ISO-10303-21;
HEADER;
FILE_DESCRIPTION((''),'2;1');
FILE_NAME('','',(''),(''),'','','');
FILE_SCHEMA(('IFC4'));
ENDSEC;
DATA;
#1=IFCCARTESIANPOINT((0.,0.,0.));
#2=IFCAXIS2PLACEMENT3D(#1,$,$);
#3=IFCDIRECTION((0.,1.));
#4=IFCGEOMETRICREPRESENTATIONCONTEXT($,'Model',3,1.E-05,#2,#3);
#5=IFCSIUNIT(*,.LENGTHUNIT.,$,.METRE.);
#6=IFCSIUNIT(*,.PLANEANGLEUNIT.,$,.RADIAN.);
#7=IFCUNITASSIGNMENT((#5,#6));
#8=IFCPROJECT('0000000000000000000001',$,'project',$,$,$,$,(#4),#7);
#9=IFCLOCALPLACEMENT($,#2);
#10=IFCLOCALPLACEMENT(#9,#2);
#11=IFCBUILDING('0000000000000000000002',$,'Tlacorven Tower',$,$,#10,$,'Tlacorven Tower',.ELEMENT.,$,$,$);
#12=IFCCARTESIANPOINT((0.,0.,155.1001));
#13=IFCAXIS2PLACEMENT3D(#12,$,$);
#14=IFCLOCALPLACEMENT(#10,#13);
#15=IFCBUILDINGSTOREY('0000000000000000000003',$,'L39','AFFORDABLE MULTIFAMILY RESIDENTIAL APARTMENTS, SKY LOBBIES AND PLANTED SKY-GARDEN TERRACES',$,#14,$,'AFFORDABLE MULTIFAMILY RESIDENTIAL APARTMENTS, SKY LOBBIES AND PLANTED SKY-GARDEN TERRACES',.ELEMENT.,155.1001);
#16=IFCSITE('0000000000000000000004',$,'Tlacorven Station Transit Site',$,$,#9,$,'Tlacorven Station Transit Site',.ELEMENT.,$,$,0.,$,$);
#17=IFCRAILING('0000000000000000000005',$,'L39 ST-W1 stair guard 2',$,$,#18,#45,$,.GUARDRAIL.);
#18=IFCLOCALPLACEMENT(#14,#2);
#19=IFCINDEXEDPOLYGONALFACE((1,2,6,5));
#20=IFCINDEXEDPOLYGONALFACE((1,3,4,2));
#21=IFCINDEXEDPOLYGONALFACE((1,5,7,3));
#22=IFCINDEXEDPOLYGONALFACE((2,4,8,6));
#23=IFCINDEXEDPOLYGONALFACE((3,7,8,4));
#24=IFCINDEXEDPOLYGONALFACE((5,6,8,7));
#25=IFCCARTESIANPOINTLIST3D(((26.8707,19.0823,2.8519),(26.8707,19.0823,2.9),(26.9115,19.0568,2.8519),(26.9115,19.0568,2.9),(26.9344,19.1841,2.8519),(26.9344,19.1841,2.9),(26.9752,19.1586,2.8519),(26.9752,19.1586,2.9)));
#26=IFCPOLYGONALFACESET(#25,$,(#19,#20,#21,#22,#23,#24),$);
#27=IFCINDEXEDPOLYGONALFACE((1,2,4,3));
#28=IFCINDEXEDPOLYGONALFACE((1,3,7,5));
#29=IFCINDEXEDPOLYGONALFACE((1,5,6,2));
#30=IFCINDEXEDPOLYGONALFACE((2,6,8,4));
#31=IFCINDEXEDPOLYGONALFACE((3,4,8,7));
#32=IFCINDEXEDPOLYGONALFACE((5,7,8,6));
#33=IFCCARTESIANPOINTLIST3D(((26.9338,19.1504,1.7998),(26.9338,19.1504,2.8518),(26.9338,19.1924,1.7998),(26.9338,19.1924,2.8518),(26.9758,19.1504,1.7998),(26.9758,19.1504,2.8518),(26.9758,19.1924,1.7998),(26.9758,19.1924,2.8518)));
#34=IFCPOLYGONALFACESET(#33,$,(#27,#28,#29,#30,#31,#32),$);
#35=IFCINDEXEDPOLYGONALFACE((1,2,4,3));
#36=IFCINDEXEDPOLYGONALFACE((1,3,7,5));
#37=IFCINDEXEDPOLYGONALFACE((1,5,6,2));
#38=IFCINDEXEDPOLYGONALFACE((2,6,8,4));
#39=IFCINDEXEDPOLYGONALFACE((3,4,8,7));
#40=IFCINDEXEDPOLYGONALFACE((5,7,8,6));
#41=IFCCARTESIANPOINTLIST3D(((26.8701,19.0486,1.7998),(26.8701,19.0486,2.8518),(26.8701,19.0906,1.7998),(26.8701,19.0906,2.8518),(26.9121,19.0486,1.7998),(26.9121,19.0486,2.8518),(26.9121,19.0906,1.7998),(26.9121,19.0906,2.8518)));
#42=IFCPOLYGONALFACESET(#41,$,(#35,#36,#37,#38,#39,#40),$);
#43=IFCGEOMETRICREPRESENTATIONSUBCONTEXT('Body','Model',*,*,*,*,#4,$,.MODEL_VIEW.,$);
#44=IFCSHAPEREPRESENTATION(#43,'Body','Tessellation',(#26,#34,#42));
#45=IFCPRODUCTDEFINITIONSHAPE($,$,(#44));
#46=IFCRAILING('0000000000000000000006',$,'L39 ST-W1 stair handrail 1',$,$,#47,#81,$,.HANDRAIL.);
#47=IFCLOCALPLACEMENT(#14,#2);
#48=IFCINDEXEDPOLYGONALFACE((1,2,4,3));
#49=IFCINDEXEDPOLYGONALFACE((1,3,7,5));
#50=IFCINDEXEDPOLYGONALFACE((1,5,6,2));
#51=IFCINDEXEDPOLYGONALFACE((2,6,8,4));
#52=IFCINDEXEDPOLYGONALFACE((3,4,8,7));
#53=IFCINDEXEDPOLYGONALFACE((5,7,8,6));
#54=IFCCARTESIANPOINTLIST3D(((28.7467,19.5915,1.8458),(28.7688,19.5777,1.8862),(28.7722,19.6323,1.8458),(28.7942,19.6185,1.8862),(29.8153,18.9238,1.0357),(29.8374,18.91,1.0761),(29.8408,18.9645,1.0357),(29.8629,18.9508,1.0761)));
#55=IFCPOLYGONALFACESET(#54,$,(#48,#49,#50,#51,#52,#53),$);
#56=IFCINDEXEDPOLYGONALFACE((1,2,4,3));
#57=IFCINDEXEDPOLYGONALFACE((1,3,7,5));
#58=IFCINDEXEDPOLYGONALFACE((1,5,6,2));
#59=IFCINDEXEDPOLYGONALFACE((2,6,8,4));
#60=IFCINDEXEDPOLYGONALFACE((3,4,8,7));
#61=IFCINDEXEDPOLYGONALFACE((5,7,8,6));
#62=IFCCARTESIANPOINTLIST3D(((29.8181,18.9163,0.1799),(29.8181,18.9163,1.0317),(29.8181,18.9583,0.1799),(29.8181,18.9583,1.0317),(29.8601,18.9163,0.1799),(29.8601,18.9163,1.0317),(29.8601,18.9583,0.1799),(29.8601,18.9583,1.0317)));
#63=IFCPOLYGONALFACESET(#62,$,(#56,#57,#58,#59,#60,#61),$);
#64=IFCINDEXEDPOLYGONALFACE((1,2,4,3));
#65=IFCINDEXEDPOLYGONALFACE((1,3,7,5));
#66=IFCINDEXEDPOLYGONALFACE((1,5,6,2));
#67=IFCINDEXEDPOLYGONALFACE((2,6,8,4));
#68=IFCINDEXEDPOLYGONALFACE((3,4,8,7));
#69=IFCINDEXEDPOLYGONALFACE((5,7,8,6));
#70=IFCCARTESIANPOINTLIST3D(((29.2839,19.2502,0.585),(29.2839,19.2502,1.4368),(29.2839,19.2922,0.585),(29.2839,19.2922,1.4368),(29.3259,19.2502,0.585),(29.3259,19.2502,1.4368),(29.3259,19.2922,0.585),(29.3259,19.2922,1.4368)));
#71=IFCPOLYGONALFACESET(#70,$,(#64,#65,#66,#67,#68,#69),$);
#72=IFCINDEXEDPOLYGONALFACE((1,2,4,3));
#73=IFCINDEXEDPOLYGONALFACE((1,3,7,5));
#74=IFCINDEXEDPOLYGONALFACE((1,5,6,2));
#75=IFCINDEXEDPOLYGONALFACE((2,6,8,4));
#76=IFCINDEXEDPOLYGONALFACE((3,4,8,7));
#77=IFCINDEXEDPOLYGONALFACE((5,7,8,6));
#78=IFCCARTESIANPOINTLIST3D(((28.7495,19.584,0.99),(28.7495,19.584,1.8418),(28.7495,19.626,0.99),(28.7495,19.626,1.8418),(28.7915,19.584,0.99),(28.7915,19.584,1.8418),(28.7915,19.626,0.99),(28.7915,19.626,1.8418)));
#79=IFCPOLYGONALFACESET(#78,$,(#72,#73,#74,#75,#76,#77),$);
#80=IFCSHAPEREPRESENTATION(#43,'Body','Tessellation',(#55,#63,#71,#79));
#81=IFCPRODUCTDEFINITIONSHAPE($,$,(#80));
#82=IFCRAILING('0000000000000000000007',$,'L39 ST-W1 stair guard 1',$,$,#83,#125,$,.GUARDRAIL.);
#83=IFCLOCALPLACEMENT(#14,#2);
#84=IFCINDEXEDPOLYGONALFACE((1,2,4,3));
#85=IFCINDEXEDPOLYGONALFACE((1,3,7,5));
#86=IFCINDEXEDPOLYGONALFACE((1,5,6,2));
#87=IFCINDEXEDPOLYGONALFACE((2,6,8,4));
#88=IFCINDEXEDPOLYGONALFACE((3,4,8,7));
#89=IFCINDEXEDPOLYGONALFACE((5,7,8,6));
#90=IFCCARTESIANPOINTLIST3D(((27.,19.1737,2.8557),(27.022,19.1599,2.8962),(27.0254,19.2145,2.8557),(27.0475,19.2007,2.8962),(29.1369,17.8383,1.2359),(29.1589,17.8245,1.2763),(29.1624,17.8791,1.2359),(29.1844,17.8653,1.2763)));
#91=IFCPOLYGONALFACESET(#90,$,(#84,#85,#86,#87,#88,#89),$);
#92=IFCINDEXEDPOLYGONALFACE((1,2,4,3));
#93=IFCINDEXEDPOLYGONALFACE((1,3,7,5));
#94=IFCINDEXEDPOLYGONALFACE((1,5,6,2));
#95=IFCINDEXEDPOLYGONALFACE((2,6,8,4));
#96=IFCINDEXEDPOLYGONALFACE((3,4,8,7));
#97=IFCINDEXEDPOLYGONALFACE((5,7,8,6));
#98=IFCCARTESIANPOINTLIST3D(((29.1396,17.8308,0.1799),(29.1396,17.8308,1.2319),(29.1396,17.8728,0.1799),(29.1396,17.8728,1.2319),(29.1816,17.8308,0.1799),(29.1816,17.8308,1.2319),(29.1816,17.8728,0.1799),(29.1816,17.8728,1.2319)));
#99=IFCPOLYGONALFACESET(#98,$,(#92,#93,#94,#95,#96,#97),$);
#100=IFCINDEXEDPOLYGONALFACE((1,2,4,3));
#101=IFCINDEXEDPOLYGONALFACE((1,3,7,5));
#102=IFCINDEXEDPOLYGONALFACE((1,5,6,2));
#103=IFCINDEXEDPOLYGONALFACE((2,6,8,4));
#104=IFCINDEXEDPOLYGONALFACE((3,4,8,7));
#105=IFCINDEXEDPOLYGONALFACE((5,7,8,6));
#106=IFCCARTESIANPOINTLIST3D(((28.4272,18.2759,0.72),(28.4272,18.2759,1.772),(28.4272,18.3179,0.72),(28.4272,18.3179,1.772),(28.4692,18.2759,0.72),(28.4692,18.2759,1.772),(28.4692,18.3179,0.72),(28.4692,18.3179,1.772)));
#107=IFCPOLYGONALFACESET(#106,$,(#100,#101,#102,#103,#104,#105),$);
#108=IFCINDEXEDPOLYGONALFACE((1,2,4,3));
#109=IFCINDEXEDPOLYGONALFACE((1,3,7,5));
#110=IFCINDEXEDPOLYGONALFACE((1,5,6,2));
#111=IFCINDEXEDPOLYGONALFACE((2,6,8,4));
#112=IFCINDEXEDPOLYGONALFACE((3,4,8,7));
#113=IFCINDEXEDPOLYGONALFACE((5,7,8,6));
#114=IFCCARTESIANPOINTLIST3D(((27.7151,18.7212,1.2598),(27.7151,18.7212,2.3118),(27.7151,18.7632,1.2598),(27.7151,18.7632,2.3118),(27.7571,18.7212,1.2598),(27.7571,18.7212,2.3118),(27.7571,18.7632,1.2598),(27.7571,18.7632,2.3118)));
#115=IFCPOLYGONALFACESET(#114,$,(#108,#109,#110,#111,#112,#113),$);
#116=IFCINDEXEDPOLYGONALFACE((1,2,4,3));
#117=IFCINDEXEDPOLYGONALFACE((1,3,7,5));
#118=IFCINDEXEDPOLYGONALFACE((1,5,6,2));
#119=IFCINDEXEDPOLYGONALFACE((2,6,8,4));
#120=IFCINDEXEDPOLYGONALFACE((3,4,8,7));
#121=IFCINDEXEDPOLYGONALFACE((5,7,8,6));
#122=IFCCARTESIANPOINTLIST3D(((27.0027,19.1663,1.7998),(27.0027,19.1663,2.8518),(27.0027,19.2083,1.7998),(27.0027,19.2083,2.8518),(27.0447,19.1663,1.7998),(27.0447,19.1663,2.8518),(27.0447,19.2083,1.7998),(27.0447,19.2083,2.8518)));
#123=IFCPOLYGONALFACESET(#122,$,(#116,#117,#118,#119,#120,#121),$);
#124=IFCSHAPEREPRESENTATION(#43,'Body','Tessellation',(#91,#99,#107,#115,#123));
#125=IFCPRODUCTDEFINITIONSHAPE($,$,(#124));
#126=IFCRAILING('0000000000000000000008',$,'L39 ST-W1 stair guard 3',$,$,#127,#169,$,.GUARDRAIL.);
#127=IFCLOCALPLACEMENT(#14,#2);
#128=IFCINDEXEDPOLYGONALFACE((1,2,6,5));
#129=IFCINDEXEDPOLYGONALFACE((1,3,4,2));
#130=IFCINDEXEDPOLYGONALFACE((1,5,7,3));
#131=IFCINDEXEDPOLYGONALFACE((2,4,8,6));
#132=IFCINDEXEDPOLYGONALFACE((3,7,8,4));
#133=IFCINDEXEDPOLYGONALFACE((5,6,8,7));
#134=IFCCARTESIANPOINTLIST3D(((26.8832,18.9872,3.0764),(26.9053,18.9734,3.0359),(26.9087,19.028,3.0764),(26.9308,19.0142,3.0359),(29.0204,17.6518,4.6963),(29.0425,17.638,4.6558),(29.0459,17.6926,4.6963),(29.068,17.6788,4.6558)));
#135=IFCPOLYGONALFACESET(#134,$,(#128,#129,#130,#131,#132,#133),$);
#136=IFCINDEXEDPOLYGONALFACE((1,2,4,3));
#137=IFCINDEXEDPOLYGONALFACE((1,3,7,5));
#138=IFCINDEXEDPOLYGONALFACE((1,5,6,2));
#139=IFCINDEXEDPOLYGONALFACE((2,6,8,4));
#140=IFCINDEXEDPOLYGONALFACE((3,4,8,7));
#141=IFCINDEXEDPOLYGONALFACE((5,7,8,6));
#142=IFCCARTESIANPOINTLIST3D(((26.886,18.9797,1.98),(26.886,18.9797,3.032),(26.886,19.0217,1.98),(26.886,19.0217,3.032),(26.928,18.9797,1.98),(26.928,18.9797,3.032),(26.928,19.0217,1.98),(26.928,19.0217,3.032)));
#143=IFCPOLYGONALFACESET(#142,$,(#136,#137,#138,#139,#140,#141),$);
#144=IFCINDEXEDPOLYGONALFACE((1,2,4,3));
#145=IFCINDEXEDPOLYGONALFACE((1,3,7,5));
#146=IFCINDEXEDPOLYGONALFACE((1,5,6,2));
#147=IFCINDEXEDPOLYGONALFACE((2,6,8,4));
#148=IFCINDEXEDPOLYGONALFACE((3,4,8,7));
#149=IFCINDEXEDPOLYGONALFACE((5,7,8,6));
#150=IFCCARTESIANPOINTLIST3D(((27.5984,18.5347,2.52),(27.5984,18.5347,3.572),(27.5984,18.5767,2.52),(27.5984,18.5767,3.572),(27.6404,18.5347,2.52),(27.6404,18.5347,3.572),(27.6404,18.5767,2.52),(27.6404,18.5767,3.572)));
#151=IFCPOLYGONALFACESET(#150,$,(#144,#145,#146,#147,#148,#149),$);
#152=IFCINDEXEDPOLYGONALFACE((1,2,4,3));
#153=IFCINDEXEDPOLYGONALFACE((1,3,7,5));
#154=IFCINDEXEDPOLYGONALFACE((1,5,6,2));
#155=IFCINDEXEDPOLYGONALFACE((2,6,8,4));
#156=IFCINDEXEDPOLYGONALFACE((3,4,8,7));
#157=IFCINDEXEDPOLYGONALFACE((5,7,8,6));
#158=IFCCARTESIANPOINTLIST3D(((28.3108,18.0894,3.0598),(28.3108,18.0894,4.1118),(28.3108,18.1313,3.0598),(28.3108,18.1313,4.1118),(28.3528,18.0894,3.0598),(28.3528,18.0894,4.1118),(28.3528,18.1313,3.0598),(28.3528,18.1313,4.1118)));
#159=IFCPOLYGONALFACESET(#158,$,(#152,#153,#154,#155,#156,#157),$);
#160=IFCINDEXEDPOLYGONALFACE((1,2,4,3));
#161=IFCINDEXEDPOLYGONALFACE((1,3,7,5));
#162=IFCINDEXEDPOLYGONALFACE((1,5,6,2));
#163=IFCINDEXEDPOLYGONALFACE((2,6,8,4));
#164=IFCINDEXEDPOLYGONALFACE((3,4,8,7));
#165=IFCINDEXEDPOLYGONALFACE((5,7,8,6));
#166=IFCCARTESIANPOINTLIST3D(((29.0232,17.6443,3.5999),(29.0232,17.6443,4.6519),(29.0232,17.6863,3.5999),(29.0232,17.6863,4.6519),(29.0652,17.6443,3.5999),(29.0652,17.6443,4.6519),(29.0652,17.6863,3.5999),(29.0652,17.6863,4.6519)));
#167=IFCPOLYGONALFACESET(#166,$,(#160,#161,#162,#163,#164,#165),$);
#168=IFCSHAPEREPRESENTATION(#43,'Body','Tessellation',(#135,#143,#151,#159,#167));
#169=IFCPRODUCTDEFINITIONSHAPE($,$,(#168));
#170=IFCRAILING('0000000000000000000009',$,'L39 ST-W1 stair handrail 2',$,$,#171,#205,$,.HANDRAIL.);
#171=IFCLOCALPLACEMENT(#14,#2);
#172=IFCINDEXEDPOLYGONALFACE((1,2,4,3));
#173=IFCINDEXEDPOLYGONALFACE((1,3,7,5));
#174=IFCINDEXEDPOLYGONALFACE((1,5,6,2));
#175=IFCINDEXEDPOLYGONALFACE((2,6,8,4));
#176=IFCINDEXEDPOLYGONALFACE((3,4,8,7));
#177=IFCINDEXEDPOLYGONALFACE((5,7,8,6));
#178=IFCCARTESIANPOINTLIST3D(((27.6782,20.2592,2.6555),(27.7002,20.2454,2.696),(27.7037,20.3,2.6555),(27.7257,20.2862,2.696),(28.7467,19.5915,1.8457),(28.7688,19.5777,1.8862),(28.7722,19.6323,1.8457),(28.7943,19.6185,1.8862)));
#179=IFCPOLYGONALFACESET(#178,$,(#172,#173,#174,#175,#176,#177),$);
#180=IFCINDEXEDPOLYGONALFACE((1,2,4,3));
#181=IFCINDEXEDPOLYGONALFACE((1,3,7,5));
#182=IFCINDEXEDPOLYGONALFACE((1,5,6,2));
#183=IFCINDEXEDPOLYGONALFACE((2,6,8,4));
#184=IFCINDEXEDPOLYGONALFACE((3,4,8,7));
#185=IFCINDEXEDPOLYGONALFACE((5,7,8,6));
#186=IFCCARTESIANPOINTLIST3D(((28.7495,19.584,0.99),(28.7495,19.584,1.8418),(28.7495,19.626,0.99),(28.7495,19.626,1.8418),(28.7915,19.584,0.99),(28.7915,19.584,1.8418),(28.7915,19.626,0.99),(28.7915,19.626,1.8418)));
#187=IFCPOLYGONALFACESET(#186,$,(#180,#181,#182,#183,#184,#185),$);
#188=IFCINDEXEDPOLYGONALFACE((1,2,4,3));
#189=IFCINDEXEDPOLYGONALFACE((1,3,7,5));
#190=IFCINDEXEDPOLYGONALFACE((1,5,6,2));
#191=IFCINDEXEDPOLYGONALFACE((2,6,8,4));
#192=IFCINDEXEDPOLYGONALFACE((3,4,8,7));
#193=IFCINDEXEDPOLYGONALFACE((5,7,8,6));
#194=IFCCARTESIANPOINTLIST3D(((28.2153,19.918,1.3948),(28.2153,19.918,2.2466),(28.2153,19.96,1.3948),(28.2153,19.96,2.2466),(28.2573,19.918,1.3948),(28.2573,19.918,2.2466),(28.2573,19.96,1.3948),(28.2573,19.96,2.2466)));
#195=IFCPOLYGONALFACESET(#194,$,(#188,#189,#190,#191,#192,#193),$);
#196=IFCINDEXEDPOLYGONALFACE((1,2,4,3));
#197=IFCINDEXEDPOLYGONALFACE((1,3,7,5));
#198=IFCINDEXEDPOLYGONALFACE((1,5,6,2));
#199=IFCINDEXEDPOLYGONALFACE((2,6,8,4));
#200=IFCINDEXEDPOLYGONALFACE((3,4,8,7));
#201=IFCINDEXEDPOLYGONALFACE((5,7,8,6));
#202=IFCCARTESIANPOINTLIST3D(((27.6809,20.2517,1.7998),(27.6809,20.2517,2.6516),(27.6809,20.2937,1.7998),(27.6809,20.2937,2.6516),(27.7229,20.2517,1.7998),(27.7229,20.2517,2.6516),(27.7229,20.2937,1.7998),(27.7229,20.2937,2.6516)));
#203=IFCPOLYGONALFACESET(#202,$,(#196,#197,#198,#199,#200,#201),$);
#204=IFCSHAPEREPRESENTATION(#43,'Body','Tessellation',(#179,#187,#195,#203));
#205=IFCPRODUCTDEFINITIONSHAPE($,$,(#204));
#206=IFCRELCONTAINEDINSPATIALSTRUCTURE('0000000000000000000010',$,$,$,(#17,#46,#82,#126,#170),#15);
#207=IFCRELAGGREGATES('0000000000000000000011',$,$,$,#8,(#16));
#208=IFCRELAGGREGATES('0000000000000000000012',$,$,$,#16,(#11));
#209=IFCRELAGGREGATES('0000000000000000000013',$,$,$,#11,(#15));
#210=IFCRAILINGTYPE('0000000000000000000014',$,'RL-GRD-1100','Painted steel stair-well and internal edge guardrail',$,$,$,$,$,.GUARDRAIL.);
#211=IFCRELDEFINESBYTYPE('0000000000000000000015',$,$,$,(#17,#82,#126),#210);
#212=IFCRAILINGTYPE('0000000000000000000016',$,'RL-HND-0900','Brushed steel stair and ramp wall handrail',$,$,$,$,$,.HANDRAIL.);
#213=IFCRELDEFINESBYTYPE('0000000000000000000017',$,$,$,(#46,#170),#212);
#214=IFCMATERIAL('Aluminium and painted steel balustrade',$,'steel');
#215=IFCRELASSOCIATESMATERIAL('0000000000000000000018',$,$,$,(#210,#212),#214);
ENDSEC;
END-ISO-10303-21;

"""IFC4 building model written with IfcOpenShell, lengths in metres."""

from ifc_helpers import new_model, si_unit, direction, frame, origin, origin_2d, place, context, subcontext, project, spatial, rectangle, extrude, source, transform, mapped, material, type_object, element, save


model = new_model("IFC4")

# Units and contexts
model_context = context("Model", 3, precision=1e-05, world=origin(), true_north=direction((0.0, 1.0)))
body_context = subcontext(model_context, "Body", "Model", "MODEL_VIEW")
ifc_project = project(units=[si_unit("LENGTHUNIT", "METRE"), si_unit("PLANEANGLEUNIT", "RADIAN")], contexts=[model_context])

# Site, building, storey
site_placement = place(None, origin())
site = spatial("IfcSite", under=ifc_project, at=site_placement, Name="Tlacorven Station Transit Site", LongName="Tlacorven Station Transit Site", CompositionType="ELEMENT", RefElevation=0.0)
building_placement = place(site_placement, origin())
building = spatial("IfcBuilding", under=site, at=building_placement, Name="Tlacorven Tower", LongName="Tlacorven Tower", CompositionType="ELEMENT")
storey_placement = place(building_placement, frame((0.0, 0.0, 155.1001)))
storey = spatial("IfcBuildingStorey", under=building, at=storey_placement, Name="L39", Description="AFFORDABLE MULTIFAMILY RESIDENTIAL APARTMENTS, SKY LOBBIES AND PLANTED SKY-GARDEN TERRACES", LongName="AFFORDABLE MULTIFAMILY RESIDENTIAL APARTMENTS, SKY LOBBIES AND PLANTED SKY-GARDEN TERRACES", CompositionType="ELEMENT", Elevation=155.1001)

# Railings
ifc_material_1 = material(Name="Aluminium and painted steel balustrade", Category="steel")
railing_type_1 = type_object("IfcRailingType", Name="RL-GRD-1100", Description="Painted steel stair-well and internal edge guardrail", PredefinedType="GUARDRAIL", material=ifc_material_1)
shared_shape_1 = source(origin(), body_context, "Body", "SweptSolid", [
    extrude(rectangle(XDim=0.0481, YDim=0.0481, at=origin_2d()), frame((0.0, 0.0, 1.0762), z_axis=(-0.530547, -0.847656, 0.0), x_axis=(0.847656, -0.530547, 0.0)), (0.0, 0.0, 1.0), 0.1201),
    extrude(rectangle(XDim=0.042, YDim=0.042, at=origin_2d()), origin(), (0.0, 0.0, 1.0), 1.052),
    extrude(rectangle(XDim=0.042, YDim=0.042, at=origin_2d()), frame((-0.0637, -0.1018, 0.0)), (0.0, 0.0, 1.0), 1.052),
])
railing_1_placement = place(storey_placement, frame((26.9548, 19.1714, 1.7998)))
element("IfcRailing", 1, at=railing_1_placement, inside=storey, type_object=railing_type_1, Name="L39 ST-W1 stair guard 2", PredefinedType="GUARDRAIL", context=body_context, shape_type="MappedRepresentation", body=[
    mapped(shared_shape_1, transform((0.0, 0.0, 0.0), scale=1.0)),
])
railing_type_2 = type_object("IfcRailingType", Name="RL-HND-0900", Description="Brushed steel stair and ramp wall handrail", PredefinedType="HANDRAIL", material=ifc_material_1)
shared_shape_2 = source(origin(), body_context, "Body", "SweptSolid", [
    extrude(rectangle(XDim=0.0481, YDim=0.0481, at=origin_2d()), frame((0.0, 0.0, 0.876), z_axis=(-0.71336, 0.445748, 0.540765), x_axis=(-0.529912, -0.848053, 0.0)), (0.0, 0.0, 1.0), 1.498),
    extrude(rectangle(XDim=0.042, YDim=0.042, at=origin_2d()), origin(), (0.0, 0.0, 1.0), 0.8518),
    extrude(rectangle(XDim=0.042, YDim=0.042, at=origin_2d()), frame((-0.5342, 0.334, 0.405)), (0.0, 0.0, 1.0), 0.8518),
    extrude(rectangle(XDim=0.042, YDim=0.042, at=origin_2d()), frame((-1.0686, 0.6677, 0.8101)), (0.0, 0.0, 1.0), 0.8518),
])
railing_2_placement = place(storey_placement, frame((29.8391, 18.9373, 0.1799)))
element("IfcRailing", 2, at=railing_2_placement, inside=storey, type_object=railing_type_2, Name="L39 ST-W1 stair handrail 1", PredefinedType="HANDRAIL", context=body_context, shape_type="MappedRepresentation", body=[
    mapped(shared_shape_2, transform((0.0, 0.0, 0.0), scale=1.0)),
])
shared_shape_3 = source(origin(), body_context, "Body", "SweptSolid", [
    extrude(rectangle(XDim=0.0481, YDim=0.0481, at=origin_2d()), frame((0.0, 0.0, 1.0762), z_axis=(-0.713351, 0.445794, 0.540739), x_axis=(-0.529955, -0.848026, 0.0)), (0.0, 0.0, 1.0), 2.9956),
    extrude(rectangle(XDim=0.042, YDim=0.042, at=origin_2d()), origin(), (0.0, 0.0, 1.0), 1.052),
    extrude(rectangle(XDim=0.042, YDim=0.042, at=origin_2d()), frame((-0.7124, 0.4451, 0.54)), (0.0, 0.0, 1.0), 1.052),
    extrude(rectangle(XDim=0.042, YDim=0.042, at=origin_2d()), frame((-1.4246, 0.8904, 1.0798)), (0.0, 0.0, 1.0), 1.052),
    extrude(rectangle(XDim=0.042, YDim=0.042, at=origin_2d()), frame((-2.137, 1.3354, 1.6199)), (0.0, 0.0, 1.0), 1.052),
])
railing_3_placement = place(storey_placement, frame((29.1606, 17.8518, 0.1799)))
element("IfcRailing", 3, at=railing_3_placement, inside=storey, type_object=railing_type_1, Name="L39 ST-W1 stair guard 1", PredefinedType="GUARDRAIL", context=body_context, shape_type="MappedRepresentation", body=[
    mapped(shared_shape_3, transform((0.0, 0.0, 0.0), scale=1.0)),
])
shared_shape_4 = source(origin(), body_context, "Body", "SweptSolid", [
    extrude(rectangle(XDim=0.0481, YDim=0.0481, at=origin_2d()), frame((0.0, 0.0, 1.0762), z_axis=(0.713391, -0.445768, 0.540707), x_axis=(0.529912, 0.848053, 0.0)), (0.0, 0.0, 1.0), 2.9958),
    extrude(rectangle(XDim=0.042, YDim=0.042, at=origin_2d()), origin(), (0.0, 0.0, 1.0), 1.052),
    extrude(rectangle(XDim=0.042, YDim=0.042, at=origin_2d()), frame((0.7124, -0.4451, 0.54)), (0.0, 0.0, 1.0), 1.052),
    extrude(rectangle(XDim=0.042, YDim=0.042, at=origin_2d()), frame((1.4248, -0.8904, 1.0798)), (0.0, 0.0, 1.0), 1.052),
    extrude(rectangle(XDim=0.042, YDim=0.042, at=origin_2d()), frame((2.1372, -1.3354, 1.6199)), (0.0, 0.0, 1.0), 1.052),
])
railing_4_placement = place(storey_placement, frame((26.907, 19.0007, 1.98)))
element("IfcRailing", 4, at=railing_4_placement, inside=storey, type_object=railing_type_1, Name="L39 ST-W1 stair guard 3", PredefinedType="GUARDRAIL", context=body_context, shape_type="MappedRepresentation", body=[
    mapped(shared_shape_4, transform((0.0, 0.0, 0.0), scale=1.0)),
])
shared_shape_5 = source(origin(), body_context, "Body", "SweptSolid", [
    extrude(rectangle(XDim=0.0481, YDim=0.0481, at=origin_2d()), frame((0.0, 0.0, 0.876), z_axis=(-0.713423, 0.445787, 0.540649), x_axis=(-0.529912, -0.848053, 0.0)), (0.0, 0.0, 1.0), 1.4978),
    extrude(rectangle(XDim=0.042, YDim=0.042, at=origin_2d()), origin(), (0.0, 0.0, 1.0), 0.8518),
    extrude(rectangle(XDim=0.042, YDim=0.042, at=origin_2d()), frame((-0.5342, 0.334, 0.4048)), (0.0, 0.0, 1.0), 0.8518),
    extrude(rectangle(XDim=0.042, YDim=0.042, at=origin_2d()), frame((-1.0686, 0.6677, 0.8098)), (0.0, 0.0, 1.0), 0.8518),
])
railing_5_placement = place(storey_placement, frame((28.7705, 19.605, 0.99)))
element("IfcRailing", 5, at=railing_5_placement, inside=storey, type_object=railing_type_2, Name="L39 ST-W1 stair handrail 2", PredefinedType="HANDRAIL", context=body_context, shape_type="MappedRepresentation", body=[
    mapped(shared_shape_5, transform((0.0, 0.0, 0.0), scale=1.0)),
])

save(model, "model.ifc")
